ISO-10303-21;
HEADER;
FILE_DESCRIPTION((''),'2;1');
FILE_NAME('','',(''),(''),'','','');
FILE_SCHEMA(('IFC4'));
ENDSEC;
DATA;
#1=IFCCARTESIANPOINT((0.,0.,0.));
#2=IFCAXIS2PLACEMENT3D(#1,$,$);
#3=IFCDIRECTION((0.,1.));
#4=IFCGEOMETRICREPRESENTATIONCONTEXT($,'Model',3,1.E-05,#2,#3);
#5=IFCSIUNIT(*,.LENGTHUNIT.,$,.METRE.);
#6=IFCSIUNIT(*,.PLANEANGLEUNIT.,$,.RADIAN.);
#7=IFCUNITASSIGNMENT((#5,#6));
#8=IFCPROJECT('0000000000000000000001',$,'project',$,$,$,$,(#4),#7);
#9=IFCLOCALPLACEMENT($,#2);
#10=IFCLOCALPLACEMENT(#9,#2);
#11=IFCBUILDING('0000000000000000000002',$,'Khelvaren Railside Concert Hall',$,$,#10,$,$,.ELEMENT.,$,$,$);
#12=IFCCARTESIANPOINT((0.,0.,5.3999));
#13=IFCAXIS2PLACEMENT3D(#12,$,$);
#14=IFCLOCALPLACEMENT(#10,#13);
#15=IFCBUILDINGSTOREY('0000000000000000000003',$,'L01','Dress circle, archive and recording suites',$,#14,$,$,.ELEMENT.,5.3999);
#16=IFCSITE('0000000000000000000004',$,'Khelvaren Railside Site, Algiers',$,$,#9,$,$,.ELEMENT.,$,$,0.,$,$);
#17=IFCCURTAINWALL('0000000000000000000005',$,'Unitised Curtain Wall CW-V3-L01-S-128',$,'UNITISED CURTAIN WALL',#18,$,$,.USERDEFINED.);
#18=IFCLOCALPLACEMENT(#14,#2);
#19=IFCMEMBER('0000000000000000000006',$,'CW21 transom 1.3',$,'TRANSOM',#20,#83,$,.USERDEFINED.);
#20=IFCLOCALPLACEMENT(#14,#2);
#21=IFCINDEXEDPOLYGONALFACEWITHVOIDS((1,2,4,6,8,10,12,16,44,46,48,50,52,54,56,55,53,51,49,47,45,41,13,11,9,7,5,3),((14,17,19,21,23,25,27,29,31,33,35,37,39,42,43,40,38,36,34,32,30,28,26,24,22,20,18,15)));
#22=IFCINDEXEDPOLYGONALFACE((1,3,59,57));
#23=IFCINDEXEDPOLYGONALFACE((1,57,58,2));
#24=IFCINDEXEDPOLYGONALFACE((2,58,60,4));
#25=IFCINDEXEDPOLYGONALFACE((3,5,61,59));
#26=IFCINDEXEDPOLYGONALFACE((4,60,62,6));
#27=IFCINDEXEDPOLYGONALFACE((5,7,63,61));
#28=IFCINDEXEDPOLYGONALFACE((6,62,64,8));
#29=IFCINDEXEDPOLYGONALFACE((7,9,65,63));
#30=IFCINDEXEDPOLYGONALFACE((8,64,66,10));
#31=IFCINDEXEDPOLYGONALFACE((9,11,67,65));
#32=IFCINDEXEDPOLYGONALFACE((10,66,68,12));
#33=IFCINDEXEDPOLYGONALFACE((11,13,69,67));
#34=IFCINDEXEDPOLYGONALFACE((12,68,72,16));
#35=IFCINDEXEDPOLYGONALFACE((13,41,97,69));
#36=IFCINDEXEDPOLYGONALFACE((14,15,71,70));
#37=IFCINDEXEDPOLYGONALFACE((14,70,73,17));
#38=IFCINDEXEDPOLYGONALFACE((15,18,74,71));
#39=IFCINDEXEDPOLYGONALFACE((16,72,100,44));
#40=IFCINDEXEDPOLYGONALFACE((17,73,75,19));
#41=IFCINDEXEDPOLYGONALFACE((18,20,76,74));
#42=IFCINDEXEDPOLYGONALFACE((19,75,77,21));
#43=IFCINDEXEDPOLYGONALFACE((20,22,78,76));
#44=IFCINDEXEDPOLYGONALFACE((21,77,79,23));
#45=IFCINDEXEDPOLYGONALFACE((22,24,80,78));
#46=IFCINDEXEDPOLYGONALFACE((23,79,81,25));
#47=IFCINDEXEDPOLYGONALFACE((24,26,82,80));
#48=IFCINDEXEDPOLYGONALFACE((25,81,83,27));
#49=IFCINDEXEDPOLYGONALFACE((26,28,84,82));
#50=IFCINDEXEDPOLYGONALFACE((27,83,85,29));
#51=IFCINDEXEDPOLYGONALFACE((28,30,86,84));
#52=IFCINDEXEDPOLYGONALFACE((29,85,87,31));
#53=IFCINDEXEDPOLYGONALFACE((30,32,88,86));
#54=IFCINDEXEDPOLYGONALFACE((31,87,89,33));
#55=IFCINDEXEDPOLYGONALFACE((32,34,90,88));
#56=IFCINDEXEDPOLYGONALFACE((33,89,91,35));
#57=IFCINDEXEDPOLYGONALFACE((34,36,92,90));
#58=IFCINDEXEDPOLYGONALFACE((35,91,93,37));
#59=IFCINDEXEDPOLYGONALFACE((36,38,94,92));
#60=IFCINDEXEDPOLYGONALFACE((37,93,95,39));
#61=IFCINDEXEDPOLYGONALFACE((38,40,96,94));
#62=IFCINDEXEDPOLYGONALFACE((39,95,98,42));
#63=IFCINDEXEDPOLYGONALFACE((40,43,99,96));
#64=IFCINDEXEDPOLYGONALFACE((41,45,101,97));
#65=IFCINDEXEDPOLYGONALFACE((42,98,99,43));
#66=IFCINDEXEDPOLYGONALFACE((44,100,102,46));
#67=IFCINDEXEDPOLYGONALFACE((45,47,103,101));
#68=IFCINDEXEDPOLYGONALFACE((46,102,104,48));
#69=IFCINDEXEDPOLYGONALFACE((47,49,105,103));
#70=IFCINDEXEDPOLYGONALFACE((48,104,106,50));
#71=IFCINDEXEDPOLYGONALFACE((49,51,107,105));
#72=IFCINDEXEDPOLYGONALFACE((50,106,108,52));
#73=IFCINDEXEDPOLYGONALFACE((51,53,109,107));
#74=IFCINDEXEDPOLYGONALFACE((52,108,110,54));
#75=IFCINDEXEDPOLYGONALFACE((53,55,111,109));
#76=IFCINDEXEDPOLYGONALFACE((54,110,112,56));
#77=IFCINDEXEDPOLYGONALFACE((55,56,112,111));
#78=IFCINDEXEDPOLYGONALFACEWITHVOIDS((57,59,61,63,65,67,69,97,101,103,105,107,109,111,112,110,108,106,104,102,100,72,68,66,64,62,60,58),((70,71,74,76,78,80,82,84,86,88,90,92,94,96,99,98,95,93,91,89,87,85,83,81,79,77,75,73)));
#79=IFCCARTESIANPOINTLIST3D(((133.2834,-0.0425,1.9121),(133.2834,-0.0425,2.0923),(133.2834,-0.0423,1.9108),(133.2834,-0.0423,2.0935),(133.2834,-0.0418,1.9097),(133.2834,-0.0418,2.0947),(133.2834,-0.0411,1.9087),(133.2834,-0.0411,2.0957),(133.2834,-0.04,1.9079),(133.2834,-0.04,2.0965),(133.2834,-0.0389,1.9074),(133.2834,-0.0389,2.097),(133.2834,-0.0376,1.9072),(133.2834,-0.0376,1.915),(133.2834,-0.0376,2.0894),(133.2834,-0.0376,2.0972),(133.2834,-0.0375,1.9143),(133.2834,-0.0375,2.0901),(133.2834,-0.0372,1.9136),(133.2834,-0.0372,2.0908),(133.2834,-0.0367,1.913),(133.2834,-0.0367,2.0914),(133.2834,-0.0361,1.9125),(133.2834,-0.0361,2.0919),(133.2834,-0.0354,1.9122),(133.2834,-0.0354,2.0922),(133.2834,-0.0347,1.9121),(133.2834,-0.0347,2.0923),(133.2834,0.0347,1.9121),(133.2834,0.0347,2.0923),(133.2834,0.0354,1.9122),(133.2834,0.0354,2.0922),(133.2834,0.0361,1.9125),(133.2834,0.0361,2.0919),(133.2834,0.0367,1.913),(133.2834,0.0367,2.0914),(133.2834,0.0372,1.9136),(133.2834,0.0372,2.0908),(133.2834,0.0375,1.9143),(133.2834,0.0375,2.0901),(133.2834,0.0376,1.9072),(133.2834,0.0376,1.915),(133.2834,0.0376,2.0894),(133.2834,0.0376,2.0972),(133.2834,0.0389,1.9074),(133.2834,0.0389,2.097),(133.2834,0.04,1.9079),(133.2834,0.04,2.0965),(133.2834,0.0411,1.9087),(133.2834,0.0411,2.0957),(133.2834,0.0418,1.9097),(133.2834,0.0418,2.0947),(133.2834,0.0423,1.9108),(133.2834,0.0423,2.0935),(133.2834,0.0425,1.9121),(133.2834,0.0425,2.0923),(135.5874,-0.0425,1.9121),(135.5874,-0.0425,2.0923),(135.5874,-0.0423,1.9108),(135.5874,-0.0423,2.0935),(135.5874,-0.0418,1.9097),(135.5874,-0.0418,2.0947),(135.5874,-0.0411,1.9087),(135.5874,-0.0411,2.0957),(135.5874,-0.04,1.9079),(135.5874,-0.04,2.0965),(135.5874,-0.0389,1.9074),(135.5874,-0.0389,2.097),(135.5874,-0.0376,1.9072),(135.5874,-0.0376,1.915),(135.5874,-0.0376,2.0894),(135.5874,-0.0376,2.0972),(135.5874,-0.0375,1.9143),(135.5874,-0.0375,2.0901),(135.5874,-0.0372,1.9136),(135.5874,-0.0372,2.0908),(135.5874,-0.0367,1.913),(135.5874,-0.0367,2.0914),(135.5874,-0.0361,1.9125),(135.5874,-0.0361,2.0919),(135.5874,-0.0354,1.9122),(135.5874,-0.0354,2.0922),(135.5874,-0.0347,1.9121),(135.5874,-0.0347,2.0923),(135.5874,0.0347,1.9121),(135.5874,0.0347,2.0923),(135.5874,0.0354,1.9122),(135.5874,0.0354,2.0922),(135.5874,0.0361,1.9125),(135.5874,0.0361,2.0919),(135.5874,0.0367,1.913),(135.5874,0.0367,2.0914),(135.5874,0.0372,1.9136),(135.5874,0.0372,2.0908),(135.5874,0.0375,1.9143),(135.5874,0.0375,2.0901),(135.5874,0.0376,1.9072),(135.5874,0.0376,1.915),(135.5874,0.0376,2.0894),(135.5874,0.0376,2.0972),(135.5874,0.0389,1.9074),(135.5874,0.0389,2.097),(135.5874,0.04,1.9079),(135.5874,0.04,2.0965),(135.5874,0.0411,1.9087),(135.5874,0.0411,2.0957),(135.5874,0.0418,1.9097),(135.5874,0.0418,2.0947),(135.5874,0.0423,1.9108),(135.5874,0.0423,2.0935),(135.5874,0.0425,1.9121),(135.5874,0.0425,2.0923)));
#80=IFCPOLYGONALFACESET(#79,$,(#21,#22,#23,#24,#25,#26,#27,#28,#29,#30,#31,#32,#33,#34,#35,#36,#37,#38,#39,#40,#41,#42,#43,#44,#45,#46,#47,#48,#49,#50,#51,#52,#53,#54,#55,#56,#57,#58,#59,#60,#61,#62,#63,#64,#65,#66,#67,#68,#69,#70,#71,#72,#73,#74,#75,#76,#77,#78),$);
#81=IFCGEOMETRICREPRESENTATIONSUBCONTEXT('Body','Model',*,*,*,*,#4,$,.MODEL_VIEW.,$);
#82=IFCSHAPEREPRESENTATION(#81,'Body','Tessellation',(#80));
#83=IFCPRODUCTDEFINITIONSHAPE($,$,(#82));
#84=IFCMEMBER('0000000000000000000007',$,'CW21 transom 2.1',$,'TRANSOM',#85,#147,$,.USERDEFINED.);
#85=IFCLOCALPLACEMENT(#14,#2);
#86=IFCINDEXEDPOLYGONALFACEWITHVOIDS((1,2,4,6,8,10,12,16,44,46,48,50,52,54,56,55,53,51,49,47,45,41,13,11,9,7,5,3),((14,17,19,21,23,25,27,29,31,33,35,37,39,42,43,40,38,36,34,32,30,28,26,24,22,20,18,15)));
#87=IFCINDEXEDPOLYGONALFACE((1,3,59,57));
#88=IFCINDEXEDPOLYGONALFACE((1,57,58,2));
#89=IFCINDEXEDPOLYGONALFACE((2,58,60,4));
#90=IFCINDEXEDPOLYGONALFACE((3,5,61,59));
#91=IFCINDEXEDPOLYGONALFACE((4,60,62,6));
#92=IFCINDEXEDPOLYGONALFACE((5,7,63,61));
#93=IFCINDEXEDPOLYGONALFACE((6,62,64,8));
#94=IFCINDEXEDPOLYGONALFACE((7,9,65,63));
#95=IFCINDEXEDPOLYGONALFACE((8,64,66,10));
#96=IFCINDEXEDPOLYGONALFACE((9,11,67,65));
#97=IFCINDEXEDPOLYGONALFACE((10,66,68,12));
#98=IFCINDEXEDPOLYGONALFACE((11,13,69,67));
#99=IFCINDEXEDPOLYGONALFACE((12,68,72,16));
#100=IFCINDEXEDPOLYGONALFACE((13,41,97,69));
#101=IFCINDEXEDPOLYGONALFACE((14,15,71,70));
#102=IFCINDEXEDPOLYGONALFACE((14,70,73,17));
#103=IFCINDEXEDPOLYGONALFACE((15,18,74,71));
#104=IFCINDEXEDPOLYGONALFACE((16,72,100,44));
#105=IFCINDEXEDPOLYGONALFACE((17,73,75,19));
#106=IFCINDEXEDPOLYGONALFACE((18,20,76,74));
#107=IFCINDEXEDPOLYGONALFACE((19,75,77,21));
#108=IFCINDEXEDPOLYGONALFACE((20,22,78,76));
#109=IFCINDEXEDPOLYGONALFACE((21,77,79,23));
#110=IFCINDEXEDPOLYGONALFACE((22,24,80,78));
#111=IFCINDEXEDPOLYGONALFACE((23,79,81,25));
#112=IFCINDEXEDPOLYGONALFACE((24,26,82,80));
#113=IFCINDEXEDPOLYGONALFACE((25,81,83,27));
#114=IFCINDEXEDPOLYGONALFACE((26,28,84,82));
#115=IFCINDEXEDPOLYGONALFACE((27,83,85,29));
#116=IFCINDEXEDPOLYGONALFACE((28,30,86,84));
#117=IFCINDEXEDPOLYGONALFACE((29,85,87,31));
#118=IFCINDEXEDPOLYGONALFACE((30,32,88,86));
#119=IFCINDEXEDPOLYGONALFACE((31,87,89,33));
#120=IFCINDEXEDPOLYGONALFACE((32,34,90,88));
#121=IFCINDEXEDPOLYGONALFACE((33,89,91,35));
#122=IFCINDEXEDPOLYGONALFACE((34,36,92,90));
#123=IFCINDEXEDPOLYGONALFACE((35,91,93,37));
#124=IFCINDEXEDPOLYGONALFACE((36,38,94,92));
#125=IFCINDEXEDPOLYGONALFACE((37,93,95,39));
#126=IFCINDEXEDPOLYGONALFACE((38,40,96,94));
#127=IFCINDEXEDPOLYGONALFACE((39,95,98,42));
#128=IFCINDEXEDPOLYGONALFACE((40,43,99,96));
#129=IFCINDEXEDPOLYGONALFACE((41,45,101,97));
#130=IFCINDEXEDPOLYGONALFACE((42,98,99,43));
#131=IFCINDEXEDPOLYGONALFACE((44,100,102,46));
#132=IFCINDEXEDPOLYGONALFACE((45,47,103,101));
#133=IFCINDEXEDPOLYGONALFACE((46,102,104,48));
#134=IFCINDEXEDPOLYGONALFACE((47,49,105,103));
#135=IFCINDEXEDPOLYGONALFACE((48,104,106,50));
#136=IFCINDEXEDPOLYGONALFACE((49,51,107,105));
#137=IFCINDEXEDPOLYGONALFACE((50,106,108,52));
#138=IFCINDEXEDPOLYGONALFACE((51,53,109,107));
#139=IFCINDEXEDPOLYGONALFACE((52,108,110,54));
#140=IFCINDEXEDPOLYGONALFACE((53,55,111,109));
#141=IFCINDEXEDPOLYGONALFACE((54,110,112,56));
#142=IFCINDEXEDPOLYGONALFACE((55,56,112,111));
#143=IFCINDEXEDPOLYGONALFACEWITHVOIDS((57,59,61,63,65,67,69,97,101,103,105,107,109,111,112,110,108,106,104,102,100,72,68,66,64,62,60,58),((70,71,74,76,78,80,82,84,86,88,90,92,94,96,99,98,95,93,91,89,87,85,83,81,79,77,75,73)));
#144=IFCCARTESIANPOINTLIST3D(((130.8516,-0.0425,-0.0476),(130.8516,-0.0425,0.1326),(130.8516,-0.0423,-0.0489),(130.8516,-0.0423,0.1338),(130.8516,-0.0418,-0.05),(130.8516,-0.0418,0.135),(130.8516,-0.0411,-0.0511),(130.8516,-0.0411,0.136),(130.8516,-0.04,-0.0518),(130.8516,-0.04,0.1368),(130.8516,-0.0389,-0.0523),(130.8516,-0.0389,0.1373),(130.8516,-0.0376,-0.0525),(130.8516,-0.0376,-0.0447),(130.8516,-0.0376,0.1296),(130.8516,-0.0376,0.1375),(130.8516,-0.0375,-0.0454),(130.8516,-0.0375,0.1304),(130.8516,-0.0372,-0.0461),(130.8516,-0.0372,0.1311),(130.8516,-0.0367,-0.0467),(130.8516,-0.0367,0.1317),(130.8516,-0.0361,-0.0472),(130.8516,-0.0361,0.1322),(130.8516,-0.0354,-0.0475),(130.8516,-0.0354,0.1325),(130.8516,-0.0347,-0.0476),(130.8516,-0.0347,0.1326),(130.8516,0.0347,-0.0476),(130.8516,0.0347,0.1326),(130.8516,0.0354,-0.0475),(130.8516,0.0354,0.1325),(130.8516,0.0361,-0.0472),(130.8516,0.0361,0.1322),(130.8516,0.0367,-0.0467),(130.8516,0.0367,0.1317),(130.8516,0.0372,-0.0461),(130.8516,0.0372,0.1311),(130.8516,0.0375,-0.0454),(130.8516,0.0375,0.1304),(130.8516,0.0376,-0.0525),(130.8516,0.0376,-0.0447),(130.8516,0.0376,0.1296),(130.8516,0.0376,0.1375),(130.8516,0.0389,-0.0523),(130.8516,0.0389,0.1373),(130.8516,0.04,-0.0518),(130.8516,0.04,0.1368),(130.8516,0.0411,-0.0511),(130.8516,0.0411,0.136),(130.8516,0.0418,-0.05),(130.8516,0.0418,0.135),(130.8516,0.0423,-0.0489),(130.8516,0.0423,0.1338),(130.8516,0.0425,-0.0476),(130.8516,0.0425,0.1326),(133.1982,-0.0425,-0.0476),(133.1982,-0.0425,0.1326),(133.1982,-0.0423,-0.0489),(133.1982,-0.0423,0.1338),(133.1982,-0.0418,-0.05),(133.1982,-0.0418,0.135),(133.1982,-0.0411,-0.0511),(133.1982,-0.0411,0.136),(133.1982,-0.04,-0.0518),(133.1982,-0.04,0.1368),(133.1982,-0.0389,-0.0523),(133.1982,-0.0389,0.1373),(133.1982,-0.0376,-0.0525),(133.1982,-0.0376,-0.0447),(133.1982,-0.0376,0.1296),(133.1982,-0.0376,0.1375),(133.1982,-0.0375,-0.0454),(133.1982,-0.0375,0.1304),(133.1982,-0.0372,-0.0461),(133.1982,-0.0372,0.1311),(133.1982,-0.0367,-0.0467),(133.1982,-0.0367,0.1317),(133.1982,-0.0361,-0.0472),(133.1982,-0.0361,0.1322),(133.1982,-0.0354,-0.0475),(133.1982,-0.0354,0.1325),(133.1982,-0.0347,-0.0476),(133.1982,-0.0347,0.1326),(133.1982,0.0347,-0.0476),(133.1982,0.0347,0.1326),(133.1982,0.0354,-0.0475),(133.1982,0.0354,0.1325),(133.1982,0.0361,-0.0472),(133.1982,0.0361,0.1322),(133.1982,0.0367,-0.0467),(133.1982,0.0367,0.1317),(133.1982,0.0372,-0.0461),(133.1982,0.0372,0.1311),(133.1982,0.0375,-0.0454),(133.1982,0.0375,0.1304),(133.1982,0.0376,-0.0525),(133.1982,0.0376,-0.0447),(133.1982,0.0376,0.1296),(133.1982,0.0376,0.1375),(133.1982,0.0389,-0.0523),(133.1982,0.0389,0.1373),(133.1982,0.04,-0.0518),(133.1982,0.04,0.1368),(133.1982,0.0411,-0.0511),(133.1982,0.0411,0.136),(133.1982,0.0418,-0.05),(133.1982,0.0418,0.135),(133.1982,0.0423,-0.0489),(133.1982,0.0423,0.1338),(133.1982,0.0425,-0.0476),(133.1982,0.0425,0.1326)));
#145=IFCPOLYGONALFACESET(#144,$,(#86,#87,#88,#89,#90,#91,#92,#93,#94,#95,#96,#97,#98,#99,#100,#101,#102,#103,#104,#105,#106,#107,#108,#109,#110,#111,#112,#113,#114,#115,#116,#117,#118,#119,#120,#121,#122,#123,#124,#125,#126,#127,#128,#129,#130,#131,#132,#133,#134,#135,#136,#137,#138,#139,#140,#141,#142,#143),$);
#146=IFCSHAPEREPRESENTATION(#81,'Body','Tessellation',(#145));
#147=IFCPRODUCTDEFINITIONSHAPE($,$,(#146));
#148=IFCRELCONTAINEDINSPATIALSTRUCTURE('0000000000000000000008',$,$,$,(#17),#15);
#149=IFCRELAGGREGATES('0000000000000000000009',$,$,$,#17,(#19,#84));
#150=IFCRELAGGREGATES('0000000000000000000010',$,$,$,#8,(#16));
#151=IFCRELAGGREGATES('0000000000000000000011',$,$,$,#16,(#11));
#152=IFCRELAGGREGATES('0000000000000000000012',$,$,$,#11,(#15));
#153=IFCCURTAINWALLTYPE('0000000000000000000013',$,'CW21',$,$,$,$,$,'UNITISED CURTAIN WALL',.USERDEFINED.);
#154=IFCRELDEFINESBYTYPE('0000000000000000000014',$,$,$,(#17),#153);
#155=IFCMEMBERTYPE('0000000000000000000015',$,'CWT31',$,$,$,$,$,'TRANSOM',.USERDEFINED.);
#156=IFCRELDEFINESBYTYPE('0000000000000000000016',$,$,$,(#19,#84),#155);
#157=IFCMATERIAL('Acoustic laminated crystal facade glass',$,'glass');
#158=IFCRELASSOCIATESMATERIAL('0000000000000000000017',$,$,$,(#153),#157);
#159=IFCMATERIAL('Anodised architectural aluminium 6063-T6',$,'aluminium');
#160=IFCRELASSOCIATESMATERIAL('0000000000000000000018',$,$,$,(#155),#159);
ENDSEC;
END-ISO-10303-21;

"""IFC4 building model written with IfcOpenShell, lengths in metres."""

from ifc_helpers import new_model, si_unit, direction, frame, origin, origin_2d, place, context, subcontext, project, spatial, hollow_rectangle, extrude, material, material_profile, profile_set, type_object, element, aggregate, save


model = new_model("IFC4")

# Units and contexts
model_context = context("Model", 3, precision=1e-05, world=origin(), true_north=direction((0.0, 1.0)))
body_context = subcontext(model_context, "Body", "Model", "MODEL_VIEW")
ifc_project = project(units=[si_unit("LENGTHUNIT", "METRE"), si_unit("PLANEANGLEUNIT", "RADIAN")], contexts=[model_context])

# Site, building, storey
site_placement = place(None, origin())
site = spatial("IfcSite", under=ifc_project, at=site_placement, Name="Khelvaren Railside Site, Algiers", CompositionType="ELEMENT", RefElevation=0.0)
building_placement = place(site_placement, origin())
building = spatial("IfcBuilding", under=site, at=building_placement, Name="Khelvaren Railside Concert Hall", CompositionType="ELEMENT")
storey_placement = place(building_placement, frame((0.0, 0.0, 5.3999)))
storey = spatial("IfcBuildingStorey", under=building, at=storey_placement, Name="L01", Description="Dress circle, archive and recording suites", CompositionType="ELEMENT", Elevation=5.3999)

# Curtain wall, members
ifc_material_1 = material(Name="Acoustic laminated crystal facade glass", Category="glass")
curtain_wall_type = type_object("IfcCurtainWallType", Name="CW21", ElementType="UNITISED CURTAIN WALL", PredefinedType="USERDEFINED", material=ifc_material_1)
curtain_wall_placement = place(storey_placement, origin())
curtain_wall = element("IfcCurtainWall", 1, at=curtain_wall_placement, inside=storey, type_object=curtain_wall_type, Name="Unitised Curtain Wall CW-V3-L01-S-128", ObjectType="UNITISED CURTAIN WALL", PredefinedType="USERDEFINED")
ifc_material_2 = material(Name="Anodised architectural aluminium 6063-T6", Category="aluminium")
ifc_material_profile_1 = material_profile(ifc_material_2, hollow_rectangle(XDim=0.085, YDim=0.1899, WallThickness=0.0049, InnerFilletRadius=0.0029, OuterFilletRadius=0.0049, at=origin_2d()), Name="CWT 85x190x5")
ifc_profile_set_1 = profile_set([ifc_material_profile_1], Name="Anodised architectural aluminium 6063-T6")
member_type_1 = type_object("IfcMemberType", Name="CWT31", ElementType="TRANSOM", PredefinedType="USERDEFINED", material=ifc_profile_set_1)
member_1_placement = place(storey_placement, frame((135.5874, 0.0, 2.0022), z_axis=(-1.0, 0.0, 0.0), x_axis=(0.0, -1.0, 0.0)))
member_1 = element("IfcMember", 2, at=member_1_placement, type_object=member_type_1, Name="CW21 transom 1.3", ObjectType="TRANSOM", PredefinedType="USERDEFINED", context=body_context, shape_type="SweptSolid", body=[
    extrude(hollow_rectangle(XDim=0.085, YDim=0.1899, WallThickness=0.0049, InnerFilletRadius=0.0029, OuterFilletRadius=0.0049, at=origin_2d()), origin(), (0.0, 0.0, 1.0), 2.304),
])
member_2_placement = place(storey_placement, frame((133.1982, 0.0, 0.0425), z_axis=(-1.0, 0.0, 0.0), x_axis=(0.0, -1.0, 0.0)))
member_2 = element("IfcMember", 3, at=member_2_placement, type_object=member_type_1, Name="CW21 transom 2.1", ObjectType="TRANSOM", PredefinedType="USERDEFINED", context=body_context, shape_type="SweptSolid", body=[
    extrude(hollow_rectangle(XDim=0.085, YDim=0.1899, WallThickness=0.0049, InnerFilletRadius=0.0029, OuterFilletRadius=0.0049, at=origin_2d()), origin(), (0.0, 0.0, 1.0), 2.3467),
])

aggregate(curtain_wall, [member_1, member_2])

save(model, "model.ifc")
